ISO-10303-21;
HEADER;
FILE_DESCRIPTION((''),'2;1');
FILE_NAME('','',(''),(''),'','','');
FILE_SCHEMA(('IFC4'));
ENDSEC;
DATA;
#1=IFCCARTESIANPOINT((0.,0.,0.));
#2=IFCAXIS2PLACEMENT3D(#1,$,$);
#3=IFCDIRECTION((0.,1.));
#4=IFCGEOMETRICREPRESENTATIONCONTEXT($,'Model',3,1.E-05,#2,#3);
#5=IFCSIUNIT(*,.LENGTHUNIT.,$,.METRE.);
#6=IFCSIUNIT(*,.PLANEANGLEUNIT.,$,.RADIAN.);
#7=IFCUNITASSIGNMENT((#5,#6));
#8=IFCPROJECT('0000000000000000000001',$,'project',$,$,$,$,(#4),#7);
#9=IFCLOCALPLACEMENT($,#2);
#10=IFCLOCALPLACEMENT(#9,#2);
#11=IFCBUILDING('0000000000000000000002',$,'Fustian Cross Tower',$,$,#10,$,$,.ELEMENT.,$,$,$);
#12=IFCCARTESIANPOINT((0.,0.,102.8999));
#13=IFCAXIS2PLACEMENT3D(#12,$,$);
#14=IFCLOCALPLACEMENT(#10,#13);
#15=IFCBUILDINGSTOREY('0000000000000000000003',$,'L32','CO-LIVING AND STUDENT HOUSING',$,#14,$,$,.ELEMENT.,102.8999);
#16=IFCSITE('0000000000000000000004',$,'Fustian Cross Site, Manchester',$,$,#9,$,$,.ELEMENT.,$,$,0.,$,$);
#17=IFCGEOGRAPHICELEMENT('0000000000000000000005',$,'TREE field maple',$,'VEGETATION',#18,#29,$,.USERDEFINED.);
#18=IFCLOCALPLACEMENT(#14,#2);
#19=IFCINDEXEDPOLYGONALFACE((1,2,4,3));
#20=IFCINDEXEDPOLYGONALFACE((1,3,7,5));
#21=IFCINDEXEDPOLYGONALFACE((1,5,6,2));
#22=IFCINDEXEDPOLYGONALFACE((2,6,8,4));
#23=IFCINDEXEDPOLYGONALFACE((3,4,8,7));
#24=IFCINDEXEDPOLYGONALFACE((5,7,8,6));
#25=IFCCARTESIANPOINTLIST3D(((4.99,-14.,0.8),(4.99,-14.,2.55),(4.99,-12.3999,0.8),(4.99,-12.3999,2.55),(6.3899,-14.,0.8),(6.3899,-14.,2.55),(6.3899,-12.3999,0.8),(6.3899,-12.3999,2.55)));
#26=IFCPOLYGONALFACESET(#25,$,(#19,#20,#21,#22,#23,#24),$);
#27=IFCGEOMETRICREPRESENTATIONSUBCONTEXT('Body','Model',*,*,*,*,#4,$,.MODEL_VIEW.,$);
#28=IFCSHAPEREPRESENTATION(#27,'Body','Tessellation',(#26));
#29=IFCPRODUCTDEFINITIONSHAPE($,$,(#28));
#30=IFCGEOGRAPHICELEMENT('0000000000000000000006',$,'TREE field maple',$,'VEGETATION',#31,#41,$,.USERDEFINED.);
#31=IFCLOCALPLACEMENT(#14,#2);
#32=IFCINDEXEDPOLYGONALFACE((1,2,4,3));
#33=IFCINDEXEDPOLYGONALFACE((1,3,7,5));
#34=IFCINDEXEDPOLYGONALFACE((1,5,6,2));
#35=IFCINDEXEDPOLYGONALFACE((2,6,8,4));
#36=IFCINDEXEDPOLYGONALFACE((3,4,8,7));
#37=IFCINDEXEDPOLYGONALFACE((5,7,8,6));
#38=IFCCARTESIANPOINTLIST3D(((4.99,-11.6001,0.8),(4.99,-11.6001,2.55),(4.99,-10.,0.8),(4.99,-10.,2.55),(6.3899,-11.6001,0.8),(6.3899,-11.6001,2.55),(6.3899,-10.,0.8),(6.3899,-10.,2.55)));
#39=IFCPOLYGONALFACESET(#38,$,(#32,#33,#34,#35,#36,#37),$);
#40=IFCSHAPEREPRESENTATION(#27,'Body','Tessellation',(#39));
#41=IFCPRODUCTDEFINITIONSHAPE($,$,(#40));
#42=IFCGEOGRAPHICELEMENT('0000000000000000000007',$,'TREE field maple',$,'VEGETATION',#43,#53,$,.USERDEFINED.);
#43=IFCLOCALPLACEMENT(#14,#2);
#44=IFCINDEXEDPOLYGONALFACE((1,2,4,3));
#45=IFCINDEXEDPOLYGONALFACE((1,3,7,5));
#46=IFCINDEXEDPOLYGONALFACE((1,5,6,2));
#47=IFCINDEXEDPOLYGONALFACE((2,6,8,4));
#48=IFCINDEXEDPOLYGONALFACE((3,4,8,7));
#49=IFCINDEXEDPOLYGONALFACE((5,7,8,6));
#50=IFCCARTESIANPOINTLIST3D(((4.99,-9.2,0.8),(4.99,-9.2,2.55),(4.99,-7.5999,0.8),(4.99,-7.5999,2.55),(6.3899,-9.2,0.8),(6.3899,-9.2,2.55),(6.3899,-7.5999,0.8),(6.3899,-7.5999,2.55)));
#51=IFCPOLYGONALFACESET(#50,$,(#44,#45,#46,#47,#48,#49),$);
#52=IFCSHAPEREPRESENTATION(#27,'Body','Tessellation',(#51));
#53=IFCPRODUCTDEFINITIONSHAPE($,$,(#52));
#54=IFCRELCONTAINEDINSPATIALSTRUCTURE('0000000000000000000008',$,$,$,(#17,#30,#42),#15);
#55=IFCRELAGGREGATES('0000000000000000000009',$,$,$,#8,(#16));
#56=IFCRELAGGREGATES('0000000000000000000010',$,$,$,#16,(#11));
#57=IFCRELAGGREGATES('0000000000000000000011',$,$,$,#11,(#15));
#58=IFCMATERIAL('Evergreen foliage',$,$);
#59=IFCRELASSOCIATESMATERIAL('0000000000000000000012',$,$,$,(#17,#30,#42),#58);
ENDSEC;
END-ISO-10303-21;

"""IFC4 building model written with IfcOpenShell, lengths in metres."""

from ifc_helpers import new_model, si_unit, direction, frame, origin, origin_2d, place, context, subcontext, project, spatial, rectangle, extrude, material, element, save


model = new_model("IFC4")

# Units and contexts
model_context = context("Model", 3, precision=1e-05, world=origin(), true_north=direction((0.0, 1.0)))
body_context = subcontext(model_context, "Body", "Model", "MODEL_VIEW")
ifc_project = project(units=[si_unit("LENGTHUNIT", "METRE"), si_unit("PLANEANGLEUNIT", "RADIAN")], contexts=[model_context])

# Site, building, storey
site_placement = place(None, origin())
site = spatial("IfcSite", under=ifc_project, at=site_placement, Name="Fustian Cross Site, Manchester", CompositionType="ELEMENT", RefElevation=0.0)
building_placement = place(site_placement, origin())
building = spatial("IfcBuilding", under=site, at=building_placement, Name="Fustian Cross Tower", CompositionType="ELEMENT")
storey_placement = place(building_placement, frame((0.0, 0.0, 102.8999)))
storey = spatial("IfcBuildingStorey", under=building, at=storey_placement, Name="L32", Description="CO-LIVING AND STUDENT HOUSING", CompositionType="ELEMENT", Elevation=102.8999)

# Geographic elements
ifc_material_1 = material(Name="Evergreen foliage")
for number, where, z_axis, x_axis, name in (
    (1, (5.6899, -13.2, 0.8), (0.0, 0.0, 1.0), (1.0, 0.0, 0.0), "TREE field maple"),
    (2, (5.6899, -10.8, 0.8), (0.0, 0.0, 1.0), (1.0, 0.0, 0.0), "TREE field maple"),
    (3, (5.6899, -8.3999, 0.8), (0.0, 0.0, 1.0), (1.0, 0.0, 0.0), "TREE field maple"),
):
    element("IfcGeographicElement", number, at=place(storey_placement, frame(where, z_axis=z_axis, x_axis=x_axis)), inside=storey, material=ifc_material_1, Name=name, ObjectType="VEGETATION", PredefinedType="USERDEFINED", context=body_context, shape_type="SweptSolid", body=[
        extrude(rectangle(XDim=1.3999, YDim=1.6001, at=origin_2d()), origin(), (0.0, 0.0, 1.0), 1.75),
    ])

save(model, "model.ifc")
